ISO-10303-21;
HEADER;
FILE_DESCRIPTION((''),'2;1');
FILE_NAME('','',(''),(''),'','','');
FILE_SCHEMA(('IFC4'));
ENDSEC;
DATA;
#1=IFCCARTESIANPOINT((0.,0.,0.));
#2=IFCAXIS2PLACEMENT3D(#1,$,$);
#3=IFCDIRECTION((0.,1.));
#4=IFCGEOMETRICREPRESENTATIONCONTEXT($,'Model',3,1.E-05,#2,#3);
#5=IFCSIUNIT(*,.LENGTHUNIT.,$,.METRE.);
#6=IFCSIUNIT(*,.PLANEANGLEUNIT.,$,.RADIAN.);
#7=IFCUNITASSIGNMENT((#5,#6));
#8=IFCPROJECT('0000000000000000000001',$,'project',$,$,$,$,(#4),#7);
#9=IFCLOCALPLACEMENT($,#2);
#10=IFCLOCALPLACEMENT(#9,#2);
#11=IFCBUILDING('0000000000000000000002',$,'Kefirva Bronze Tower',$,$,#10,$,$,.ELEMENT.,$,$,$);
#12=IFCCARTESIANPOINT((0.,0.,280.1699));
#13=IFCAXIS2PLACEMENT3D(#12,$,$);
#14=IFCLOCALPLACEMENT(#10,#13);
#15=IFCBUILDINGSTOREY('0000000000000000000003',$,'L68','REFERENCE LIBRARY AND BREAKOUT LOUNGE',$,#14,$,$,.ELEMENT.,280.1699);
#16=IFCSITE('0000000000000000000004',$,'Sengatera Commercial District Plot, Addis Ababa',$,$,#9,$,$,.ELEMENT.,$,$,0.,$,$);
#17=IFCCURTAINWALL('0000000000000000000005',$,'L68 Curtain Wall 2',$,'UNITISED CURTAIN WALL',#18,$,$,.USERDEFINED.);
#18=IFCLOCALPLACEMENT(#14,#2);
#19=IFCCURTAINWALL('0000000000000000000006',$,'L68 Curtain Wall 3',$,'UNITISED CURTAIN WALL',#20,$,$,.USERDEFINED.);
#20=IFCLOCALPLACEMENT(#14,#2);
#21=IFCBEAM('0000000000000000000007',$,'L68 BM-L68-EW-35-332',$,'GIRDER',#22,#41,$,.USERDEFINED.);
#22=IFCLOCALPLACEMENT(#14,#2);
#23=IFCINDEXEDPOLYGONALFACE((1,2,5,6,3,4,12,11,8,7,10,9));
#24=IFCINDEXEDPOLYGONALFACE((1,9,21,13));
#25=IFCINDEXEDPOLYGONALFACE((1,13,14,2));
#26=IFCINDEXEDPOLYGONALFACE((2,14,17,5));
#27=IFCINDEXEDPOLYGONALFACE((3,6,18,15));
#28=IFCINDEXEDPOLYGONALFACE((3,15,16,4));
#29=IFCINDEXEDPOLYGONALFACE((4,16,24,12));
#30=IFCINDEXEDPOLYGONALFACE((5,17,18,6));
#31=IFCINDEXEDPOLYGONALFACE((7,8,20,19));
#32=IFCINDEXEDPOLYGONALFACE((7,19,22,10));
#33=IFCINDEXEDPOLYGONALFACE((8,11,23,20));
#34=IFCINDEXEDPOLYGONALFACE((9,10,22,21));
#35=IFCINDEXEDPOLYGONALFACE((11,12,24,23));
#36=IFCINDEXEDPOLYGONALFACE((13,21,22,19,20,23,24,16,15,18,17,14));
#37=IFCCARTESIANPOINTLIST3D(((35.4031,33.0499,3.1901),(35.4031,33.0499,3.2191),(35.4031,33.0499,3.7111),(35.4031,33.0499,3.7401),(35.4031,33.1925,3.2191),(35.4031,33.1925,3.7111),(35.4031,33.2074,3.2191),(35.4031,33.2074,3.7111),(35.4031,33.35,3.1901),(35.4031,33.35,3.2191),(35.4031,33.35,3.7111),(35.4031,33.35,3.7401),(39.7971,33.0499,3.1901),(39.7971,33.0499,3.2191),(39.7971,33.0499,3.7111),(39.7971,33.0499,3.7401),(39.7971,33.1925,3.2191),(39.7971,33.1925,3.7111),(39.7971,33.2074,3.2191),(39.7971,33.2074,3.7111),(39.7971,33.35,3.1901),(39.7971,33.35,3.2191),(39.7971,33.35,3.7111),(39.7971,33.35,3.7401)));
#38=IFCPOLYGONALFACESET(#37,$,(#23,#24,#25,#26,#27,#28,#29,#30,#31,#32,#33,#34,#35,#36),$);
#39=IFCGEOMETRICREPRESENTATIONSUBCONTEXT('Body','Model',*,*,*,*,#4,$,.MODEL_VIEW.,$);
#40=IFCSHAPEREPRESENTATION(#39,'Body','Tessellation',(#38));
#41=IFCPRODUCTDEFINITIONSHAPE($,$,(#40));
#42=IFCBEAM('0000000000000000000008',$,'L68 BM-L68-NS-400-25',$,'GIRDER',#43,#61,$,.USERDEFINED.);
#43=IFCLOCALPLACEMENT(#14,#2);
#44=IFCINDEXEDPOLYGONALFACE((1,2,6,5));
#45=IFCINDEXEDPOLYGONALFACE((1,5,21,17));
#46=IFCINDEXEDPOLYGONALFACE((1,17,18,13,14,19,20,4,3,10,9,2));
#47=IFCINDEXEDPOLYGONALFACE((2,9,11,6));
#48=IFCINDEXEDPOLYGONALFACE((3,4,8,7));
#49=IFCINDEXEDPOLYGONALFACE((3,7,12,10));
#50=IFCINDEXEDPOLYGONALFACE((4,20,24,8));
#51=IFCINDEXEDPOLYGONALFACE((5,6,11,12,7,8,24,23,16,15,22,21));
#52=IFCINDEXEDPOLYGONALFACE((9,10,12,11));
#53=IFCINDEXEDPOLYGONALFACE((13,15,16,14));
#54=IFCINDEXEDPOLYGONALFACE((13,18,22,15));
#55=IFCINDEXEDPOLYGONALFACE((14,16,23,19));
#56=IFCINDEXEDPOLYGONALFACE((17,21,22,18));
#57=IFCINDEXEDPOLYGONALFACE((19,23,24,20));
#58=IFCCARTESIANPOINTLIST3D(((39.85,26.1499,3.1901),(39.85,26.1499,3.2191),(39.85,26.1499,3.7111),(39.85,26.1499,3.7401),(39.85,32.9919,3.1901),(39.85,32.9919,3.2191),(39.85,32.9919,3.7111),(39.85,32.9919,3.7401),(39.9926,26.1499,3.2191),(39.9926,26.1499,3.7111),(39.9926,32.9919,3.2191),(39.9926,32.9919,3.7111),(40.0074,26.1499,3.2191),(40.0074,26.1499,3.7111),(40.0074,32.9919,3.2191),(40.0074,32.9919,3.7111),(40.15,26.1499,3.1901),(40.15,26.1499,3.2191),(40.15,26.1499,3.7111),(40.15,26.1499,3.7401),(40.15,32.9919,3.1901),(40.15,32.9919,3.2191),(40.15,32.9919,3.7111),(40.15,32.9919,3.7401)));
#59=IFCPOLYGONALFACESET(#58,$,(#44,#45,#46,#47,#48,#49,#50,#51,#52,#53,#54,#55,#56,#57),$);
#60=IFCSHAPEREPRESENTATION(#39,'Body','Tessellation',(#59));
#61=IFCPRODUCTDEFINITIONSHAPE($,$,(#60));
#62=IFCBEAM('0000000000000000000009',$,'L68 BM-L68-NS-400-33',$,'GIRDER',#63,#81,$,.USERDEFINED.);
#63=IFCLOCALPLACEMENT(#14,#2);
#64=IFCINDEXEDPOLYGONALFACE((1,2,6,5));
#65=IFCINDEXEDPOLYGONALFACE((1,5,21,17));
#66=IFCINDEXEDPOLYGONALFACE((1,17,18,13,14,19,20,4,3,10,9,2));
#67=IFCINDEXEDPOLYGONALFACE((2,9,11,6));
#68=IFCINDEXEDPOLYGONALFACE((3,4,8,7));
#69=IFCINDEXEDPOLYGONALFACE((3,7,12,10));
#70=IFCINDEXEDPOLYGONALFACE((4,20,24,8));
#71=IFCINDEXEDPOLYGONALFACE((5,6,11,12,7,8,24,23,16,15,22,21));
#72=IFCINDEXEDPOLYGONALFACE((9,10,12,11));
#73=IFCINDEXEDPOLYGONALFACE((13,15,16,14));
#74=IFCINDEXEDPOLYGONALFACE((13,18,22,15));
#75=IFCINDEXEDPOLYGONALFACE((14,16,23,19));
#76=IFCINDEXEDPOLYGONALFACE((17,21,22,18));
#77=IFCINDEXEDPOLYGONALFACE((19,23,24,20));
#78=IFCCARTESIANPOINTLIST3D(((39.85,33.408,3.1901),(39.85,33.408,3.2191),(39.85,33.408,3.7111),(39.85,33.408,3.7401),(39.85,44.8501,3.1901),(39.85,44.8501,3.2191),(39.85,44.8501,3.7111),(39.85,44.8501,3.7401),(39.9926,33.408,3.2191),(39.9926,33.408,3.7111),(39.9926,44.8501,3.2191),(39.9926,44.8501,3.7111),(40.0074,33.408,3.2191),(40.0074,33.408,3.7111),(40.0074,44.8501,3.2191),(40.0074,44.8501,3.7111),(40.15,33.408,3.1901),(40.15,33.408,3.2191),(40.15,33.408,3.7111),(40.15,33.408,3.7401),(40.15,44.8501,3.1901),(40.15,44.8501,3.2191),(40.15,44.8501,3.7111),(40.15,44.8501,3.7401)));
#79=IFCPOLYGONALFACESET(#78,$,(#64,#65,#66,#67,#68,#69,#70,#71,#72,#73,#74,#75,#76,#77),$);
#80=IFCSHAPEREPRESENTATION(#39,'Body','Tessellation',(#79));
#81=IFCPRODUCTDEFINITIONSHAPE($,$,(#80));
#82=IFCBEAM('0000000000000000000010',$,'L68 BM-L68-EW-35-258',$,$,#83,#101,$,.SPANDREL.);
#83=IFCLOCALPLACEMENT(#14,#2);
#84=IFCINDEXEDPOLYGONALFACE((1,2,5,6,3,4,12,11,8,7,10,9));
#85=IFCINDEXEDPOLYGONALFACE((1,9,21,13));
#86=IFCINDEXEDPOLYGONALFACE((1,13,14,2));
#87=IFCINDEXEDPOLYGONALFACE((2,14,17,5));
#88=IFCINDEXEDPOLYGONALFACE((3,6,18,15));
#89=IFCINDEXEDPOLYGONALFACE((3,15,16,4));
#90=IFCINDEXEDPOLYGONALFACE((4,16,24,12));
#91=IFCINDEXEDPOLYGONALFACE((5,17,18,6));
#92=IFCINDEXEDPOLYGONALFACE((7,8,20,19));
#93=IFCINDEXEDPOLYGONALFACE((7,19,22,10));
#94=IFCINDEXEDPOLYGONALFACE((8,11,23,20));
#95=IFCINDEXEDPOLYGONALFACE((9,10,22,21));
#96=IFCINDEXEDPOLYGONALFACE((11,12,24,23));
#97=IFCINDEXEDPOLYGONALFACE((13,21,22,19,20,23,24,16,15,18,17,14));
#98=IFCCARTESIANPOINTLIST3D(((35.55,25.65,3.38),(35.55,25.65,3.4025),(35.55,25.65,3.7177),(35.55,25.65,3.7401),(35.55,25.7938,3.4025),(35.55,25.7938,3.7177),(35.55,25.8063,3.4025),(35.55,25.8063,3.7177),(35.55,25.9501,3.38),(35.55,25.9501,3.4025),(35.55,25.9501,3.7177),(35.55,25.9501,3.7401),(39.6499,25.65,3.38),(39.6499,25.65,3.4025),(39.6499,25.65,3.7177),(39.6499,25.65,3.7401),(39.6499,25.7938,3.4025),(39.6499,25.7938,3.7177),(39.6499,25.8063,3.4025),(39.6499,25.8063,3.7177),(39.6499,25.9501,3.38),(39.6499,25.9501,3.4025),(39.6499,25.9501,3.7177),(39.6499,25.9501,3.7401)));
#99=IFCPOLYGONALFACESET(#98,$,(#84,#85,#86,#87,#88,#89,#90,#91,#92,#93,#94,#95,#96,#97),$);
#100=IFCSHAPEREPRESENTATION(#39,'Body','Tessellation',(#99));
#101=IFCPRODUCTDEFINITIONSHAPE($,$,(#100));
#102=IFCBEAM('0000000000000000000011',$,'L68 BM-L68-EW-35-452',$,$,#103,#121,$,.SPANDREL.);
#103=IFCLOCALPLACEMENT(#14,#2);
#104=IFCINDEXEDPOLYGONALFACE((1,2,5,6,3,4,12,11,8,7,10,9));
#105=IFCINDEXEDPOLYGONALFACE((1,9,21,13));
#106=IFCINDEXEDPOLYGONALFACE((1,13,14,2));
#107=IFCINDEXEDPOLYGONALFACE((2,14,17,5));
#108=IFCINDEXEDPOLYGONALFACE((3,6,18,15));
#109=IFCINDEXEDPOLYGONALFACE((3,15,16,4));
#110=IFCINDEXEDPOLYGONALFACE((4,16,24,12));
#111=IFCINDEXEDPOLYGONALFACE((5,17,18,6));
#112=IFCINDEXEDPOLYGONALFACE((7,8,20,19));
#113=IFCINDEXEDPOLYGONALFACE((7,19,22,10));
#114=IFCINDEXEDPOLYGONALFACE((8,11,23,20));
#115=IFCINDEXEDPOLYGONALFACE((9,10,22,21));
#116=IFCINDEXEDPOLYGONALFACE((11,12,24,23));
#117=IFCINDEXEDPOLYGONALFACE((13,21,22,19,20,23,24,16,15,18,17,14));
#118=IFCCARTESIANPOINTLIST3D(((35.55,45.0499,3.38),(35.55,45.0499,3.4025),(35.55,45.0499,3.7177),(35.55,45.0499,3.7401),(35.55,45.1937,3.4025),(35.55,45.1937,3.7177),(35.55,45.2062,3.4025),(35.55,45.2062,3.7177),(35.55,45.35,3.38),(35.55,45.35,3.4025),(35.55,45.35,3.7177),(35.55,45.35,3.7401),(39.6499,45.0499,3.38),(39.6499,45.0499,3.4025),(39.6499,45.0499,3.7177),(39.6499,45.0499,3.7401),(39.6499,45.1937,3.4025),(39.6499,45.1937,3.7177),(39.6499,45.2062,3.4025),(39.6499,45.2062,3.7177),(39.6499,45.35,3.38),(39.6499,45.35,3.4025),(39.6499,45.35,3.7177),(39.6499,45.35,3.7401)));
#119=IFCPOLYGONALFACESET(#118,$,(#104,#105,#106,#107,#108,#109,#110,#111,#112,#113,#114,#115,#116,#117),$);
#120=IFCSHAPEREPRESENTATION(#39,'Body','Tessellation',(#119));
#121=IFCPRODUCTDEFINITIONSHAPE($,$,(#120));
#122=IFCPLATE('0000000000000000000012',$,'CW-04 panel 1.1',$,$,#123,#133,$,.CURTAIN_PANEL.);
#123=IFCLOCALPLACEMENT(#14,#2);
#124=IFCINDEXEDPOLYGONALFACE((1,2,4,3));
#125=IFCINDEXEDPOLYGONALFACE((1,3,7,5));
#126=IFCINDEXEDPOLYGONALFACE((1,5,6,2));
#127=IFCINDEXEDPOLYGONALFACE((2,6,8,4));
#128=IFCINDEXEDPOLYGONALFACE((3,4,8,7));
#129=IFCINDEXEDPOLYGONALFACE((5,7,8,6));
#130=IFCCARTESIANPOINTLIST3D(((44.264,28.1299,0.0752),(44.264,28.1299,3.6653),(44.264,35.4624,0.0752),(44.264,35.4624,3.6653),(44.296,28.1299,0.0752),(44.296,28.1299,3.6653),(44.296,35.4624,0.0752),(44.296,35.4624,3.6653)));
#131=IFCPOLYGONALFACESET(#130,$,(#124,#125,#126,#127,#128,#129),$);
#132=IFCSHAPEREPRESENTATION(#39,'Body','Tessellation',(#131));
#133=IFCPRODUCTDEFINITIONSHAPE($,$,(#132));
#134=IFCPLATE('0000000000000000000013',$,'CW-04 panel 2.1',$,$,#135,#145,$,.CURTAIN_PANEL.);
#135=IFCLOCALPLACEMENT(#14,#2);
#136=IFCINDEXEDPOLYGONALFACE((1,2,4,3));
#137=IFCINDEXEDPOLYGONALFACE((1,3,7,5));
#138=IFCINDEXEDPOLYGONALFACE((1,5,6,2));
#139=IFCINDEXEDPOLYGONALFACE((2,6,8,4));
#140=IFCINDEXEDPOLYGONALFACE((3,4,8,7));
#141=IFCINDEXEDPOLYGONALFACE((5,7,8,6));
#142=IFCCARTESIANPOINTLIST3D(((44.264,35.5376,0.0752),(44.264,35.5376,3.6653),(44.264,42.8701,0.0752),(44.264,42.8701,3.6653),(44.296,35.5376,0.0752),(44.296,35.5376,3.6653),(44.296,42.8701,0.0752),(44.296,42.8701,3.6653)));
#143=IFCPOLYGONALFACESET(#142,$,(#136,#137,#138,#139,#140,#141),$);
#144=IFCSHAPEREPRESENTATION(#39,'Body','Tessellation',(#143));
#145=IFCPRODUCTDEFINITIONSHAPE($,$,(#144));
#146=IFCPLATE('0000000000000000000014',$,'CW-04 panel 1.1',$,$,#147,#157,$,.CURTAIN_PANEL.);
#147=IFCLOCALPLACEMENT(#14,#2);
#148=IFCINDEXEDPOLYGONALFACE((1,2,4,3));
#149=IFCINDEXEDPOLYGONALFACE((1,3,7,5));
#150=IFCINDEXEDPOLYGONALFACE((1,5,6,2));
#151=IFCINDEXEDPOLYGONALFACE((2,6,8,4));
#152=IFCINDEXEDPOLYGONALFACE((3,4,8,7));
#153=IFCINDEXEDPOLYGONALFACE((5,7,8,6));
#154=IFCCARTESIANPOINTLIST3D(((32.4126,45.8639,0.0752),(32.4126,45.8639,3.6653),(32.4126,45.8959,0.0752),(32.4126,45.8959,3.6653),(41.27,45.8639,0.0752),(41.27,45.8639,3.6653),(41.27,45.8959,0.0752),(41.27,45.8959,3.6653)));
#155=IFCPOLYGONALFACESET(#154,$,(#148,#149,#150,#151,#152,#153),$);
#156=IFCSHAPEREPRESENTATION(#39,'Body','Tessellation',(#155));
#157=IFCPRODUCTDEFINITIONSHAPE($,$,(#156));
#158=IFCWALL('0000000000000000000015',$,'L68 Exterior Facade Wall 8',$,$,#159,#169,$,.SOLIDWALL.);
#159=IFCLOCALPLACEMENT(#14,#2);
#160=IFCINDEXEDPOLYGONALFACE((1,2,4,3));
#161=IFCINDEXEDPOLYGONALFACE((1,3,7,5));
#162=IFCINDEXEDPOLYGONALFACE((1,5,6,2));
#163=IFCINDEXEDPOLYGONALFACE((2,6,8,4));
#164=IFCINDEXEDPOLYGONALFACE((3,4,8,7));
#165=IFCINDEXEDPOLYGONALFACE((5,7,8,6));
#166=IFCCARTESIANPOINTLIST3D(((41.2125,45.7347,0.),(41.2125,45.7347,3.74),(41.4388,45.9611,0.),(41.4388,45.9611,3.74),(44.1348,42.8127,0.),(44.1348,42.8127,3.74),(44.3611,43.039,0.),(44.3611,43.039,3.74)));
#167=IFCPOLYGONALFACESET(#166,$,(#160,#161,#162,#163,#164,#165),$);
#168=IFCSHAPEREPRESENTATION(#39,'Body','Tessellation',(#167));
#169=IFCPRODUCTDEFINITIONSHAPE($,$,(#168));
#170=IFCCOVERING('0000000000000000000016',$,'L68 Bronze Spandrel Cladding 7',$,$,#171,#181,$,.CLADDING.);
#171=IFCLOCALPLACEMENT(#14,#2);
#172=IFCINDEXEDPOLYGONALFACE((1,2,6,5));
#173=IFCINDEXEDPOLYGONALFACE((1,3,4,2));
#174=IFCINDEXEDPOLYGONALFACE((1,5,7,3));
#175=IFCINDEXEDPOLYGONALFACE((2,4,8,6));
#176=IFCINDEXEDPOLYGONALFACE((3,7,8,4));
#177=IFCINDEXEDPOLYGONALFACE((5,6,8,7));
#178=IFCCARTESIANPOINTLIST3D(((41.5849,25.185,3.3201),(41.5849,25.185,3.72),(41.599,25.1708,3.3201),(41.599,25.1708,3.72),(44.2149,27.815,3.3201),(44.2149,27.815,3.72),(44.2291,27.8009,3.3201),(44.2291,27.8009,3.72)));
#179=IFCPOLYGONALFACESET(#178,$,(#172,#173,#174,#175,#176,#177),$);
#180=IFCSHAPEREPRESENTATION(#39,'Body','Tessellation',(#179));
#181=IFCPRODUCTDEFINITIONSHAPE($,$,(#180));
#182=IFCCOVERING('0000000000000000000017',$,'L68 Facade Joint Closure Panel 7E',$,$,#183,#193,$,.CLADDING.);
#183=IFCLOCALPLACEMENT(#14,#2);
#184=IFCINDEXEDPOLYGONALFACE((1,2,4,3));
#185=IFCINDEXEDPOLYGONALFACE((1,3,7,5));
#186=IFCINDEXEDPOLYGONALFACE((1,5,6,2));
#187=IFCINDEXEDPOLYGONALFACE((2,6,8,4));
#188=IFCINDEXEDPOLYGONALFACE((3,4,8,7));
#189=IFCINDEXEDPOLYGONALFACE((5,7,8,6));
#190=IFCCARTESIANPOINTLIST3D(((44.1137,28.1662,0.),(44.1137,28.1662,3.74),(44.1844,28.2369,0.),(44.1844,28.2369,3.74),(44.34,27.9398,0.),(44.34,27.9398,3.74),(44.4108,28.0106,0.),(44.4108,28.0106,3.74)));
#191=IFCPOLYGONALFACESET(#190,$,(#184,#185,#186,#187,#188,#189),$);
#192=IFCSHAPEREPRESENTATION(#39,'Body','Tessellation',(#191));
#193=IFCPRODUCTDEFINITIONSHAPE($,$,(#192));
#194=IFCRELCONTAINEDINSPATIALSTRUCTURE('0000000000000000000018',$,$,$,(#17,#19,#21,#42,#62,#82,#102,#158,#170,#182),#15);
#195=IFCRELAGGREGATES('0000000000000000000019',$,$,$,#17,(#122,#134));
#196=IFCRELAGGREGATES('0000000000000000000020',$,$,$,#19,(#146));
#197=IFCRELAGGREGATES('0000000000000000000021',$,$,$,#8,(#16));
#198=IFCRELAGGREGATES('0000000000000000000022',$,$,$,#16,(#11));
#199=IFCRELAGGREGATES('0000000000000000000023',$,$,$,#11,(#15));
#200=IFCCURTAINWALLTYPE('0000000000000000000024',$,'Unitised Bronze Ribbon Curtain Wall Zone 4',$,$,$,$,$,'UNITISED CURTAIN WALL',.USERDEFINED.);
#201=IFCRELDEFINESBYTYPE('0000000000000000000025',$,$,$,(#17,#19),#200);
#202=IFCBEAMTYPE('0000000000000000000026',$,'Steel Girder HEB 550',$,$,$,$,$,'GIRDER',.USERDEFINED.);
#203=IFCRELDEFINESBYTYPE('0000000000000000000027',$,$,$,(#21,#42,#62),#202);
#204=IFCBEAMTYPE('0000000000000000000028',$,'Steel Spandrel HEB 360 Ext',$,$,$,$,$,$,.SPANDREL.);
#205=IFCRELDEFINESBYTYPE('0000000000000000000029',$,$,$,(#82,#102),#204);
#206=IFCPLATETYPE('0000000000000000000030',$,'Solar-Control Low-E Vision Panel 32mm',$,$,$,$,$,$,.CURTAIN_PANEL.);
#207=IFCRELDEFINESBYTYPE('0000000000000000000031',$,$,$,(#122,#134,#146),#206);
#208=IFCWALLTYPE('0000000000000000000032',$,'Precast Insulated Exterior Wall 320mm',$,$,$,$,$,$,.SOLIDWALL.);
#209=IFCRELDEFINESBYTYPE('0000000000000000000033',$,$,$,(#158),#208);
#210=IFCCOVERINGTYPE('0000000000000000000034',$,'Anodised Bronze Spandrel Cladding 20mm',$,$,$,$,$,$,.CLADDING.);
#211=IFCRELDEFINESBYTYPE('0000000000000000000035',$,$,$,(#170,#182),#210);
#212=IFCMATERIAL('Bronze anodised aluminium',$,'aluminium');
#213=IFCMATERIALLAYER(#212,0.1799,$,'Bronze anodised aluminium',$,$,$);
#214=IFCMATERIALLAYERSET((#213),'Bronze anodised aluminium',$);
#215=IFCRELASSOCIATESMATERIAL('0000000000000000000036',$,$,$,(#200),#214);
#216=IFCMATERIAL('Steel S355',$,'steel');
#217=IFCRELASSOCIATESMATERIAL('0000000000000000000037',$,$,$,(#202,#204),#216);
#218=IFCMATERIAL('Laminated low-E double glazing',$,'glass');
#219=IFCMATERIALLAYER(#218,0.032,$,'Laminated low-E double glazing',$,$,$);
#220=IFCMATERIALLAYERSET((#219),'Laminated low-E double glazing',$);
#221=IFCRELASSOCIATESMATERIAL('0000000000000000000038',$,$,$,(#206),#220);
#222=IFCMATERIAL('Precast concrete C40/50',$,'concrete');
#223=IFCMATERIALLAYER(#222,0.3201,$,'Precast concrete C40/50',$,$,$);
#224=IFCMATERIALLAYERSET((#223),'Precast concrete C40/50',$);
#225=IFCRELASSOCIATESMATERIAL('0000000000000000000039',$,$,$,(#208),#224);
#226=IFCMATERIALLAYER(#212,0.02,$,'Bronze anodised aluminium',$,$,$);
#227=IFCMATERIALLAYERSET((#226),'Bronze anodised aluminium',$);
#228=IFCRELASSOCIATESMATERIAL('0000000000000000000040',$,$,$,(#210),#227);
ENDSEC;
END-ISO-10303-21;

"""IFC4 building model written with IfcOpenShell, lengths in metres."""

from ifc_helpers import new_model, si_unit, direction, frame, frame_2d, origin, origin_2d, place, context, subcontext, project, spatial, rectangle, i_section, extrude, material, layer, layer_set, material_profile, profile_set, type_object, element, aggregate, save


model = new_model("IFC4")

# Units and contexts
model_context = context("Model", 3, precision=1e-05, world=origin(), true_north=direction((0.0, 1.0)))
body_context = subcontext(model_context, "Body", "Model", "MODEL_VIEW")
ifc_project = project(units=[si_unit("LENGTHUNIT", "METRE"), si_unit("PLANEANGLEUNIT", "RADIAN")], contexts=[model_context])

# Site, building, storey
site_placement = place(None, origin())
site = spatial("IfcSite", under=ifc_project, at=site_placement, Name="Sengatera Commercial District Plot, Addis Ababa", CompositionType="ELEMENT", RefElevation=0.0)
building_placement = place(site_placement, origin())
building = spatial("IfcBuilding", under=site, at=building_placement, Name="Kefirva Bronze Tower", CompositionType="ELEMENT")
storey_placement = place(building_placement, frame((0.0, 0.0, 280.1699)))
storey = spatial("IfcBuildingStorey", under=building, at=storey_placement, Name="L68", Description="REFERENCE LIBRARY AND BREAKOUT LOUNGE", CompositionType="ELEMENT", Elevation=280.1699)

# Curtain wall
ifc_material_1 = material(Name="Bronze anodised aluminium", Category="aluminium")
ifc_layer_1 = layer(ifc_material_1, 0.1799, Name="Bronze anodised aluminium")
ifc_layer_set_1 = layer_set([ifc_layer_1], Name="Bronze anodised aluminium")
curtain_wall_type = type_object("IfcCurtainWallType", Name="Unitised Bronze Ribbon Curtain Wall Zone 4", ElementType="UNITISED CURTAIN WALL", PredefinedType="USERDEFINED", material=ifc_layer_set_1)
curtain_wall_1_placement = place(storey_placement, origin())
curtain_wall_1 = element("IfcCurtainWall", 1, at=curtain_wall_1_placement, inside=storey, type_object=curtain_wall_type, Name="L68 Curtain Wall 2", ObjectType="UNITISED CURTAIN WALL", PredefinedType="USERDEFINED")

# Curtain wall
curtain_wall_2_placement = place(storey_placement, origin())
curtain_wall_2 = element("IfcCurtainWall", 2, at=curtain_wall_2_placement, inside=storey, type_object=curtain_wall_type, Name="L68 Curtain Wall 3", ObjectType="UNITISED CURTAIN WALL", PredefinedType="USERDEFINED")

# Beams
ifc_material_2 = material(Name="Steel S355", Category="steel")
ifc_material_profile_1 = material_profile(ifc_material_2, i_section(OverallWidth=0.3, OverallDepth=0.55, WebThickness=0.0149, FlangeThickness=0.0291, at=origin_2d()), Name="HEB 550")
ifc_profile_set_1 = profile_set([ifc_material_profile_1], Name="Steel S355")
beam_type_1 = type_object("IfcBeamType", Name="Steel Girder HEB 550", ElementType="GIRDER", PredefinedType="USERDEFINED", material=ifc_profile_set_1)
beam_1_placement = place(storey_placement, frame((35.4031, 33.2, 3.4651), z_axis=(1.0, 0.0, 0.0), x_axis=(0.0, 1.0, 0.0)))
element("IfcBeam", 3, at=beam_1_placement, inside=storey, type_object=beam_type_1, Name="L68 BM-L68-EW-35-332", ObjectType="GIRDER", PredefinedType="USERDEFINED", context=body_context, shape_type="SweptSolid", body=[
    extrude(i_section(OverallWidth=0.3, OverallDepth=0.55, WebThickness=0.0149, FlangeThickness=0.0291, at=origin_2d()), origin(), (0.0, 0.0, 1.0), 4.394),
])
beam_2_placement = place(storey_placement, frame((40.0, 26.1499, 3.4651), z_axis=(0.0, 1.0, 0.0), x_axis=(-1.0, 0.0, 0.0)))
element("IfcBeam", 4, at=beam_2_placement, inside=storey, type_object=beam_type_1, Name="L68 BM-L68-NS-400-25", ObjectType="GIRDER", PredefinedType="USERDEFINED", context=body_context, shape_type="SweptSolid", body=[
    extrude(i_section(OverallWidth=0.3, OverallDepth=0.55, WebThickness=0.0149, FlangeThickness=0.0291, at=origin_2d()), origin(), (0.0, 0.0, 1.0), 6.842),
])
beam_3_placement = place(storey_placement, frame((40.0, 33.408, 3.4651), z_axis=(0.0, 1.0, 0.0), x_axis=(-1.0, 0.0, 0.0)))
element("IfcBeam", 5, at=beam_3_placement, inside=storey, type_object=beam_type_1, Name="L68 BM-L68-NS-400-33", ObjectType="GIRDER", PredefinedType="USERDEFINED", context=body_context, shape_type="SweptSolid", body=[
    extrude(i_section(OverallWidth=0.3, OverallDepth=0.55, WebThickness=0.0149, FlangeThickness=0.0291, at=origin_2d()), origin(), (0.0, 0.0, 1.0), 11.4421),
])
ifc_material_profile_2 = material_profile(ifc_material_2, i_section(OverallWidth=0.3, OverallDepth=0.3601, WebThickness=0.0125, FlangeThickness=0.0225, at=origin_2d()), Name="HEB 360")
ifc_profile_set_2 = profile_set([ifc_material_profile_2], Name="Steel S355")
beam_type_2 = type_object("IfcBeamType", Name="Steel Spandrel HEB 360 Ext", PredefinedType="SPANDREL", material=ifc_profile_set_2)
for number, where, z_axis, x_axis, name in (
    (6, (35.55, 25.8, 3.5601), (1.0, 0.0, 0.0), (0.0, 1.0, 0.0), "L68 BM-L68-EW-35-258"),
    (7, (35.55, 45.2, 3.5601), (1.0, 0.0, 0.0), (0.0, 1.0, 0.0), "L68 BM-L68-EW-35-452"),
):
    element("IfcBeam", number, at=place(storey_placement, frame(where, z_axis=z_axis, x_axis=x_axis)), inside=storey, type_object=beam_type_2, Name=name, PredefinedType="SPANDREL", context=body_context, shape_type="SweptSolid", body=[
        extrude(i_section(OverallWidth=0.3, OverallDepth=0.3601, WebThickness=0.0125, FlangeThickness=0.0225, at=origin_2d()), origin(), (0.0, 0.0, 1.0), 4.0999),
    ])

# Plates
ifc_material_3 = material(Name="Laminated low-E double glazing", Category="glass")
ifc_layer_2 = layer(ifc_material_3, 0.032, Name="Laminated low-E double glazing")
ifc_layer_set_2 = layer_set([ifc_layer_2], Name="Laminated low-E double glazing")
plate_type = type_object("IfcPlateType", Name="Solar-Control Low-E Vision Panel 32mm", PredefinedType="CURTAIN_PANEL", material=ifc_layer_set_2)
plate_1_placement = place(storey_placement, frame((44.28, 31.7961, 0.0752), z_axis=(0.0, 0.0, 1.0), x_axis=(0.0, 1.0, 0.0)))
plate_1 = element("IfcPlate", 8, at=plate_1_placement, type_object=plate_type, Name="CW-04 panel 1.1", PredefinedType="CURTAIN_PANEL", context=body_context, shape_type="SweptSolid", body=[
    extrude(rectangle(XDim=7.3325, YDim=0.032, at=origin_2d()), origin(), (0.0, 0.0, 1.0), 3.5901),
])
plate_2_placement = place(storey_placement, frame((44.28, 39.2039, 0.0752), z_axis=(0.0, 0.0, 1.0), x_axis=(0.0, 1.0, 0.0)))
plate_2 = element("IfcPlate", 9, at=plate_2_placement, type_object=plate_type, Name="CW-04 panel 2.1", PredefinedType="CURTAIN_PANEL", context=body_context, shape_type="SweptSolid", body=[
    extrude(rectangle(XDim=7.3325, YDim=0.032, at=origin_2d()), origin(), (0.0, 0.0, 1.0), 3.5901),
])
aggregate(curtain_wall_1, [plate_1, plate_2])
plate_3_placement = place(storey_placement, frame((36.8413, 45.8799, 0.0752), z_axis=(0.0, 0.0, 1.0), x_axis=(-1.0, 0.0, 0.0)))
plate_3 = element("IfcPlate", 10, at=plate_3_placement, type_object=plate_type, Name="CW-04 panel 1.1", PredefinedType="CURTAIN_PANEL", context=body_context, shape_type="SweptSolid", body=[
    extrude(rectangle(XDim=8.8574, YDim=0.032, at=origin_2d()), origin(), (0.0, 0.0, 1.0), 3.5901),
])
aggregate(curtain_wall_2, [plate_3])

# Wall
ifc_material_4 = material(Name="Precast concrete C40/50", Category="concrete")
ifc_layer_3 = layer(ifc_material_4, 0.3201, Name="Precast concrete C40/50")
ifc_layer_set_3 = layer_set([ifc_layer_3], Name="Precast concrete C40/50")
wall_type = type_object("IfcWallType", Name="Precast Insulated Exterior Wall 320mm", PredefinedType="SOLIDWALL", material=ifc_layer_set_3)
wall_placement = place(storey_placement, frame((44.248, 42.9258, 0.0), z_axis=(0.0, 0.0, 1.0), x_axis=(-0.707136, 0.707077, 0.0)))
element("IfcWall", 11, at=wall_placement, inside=storey, type_object=wall_type, Name="L68 Exterior Facade Wall 8", PredefinedType="SOLIDWALL", context=body_context, shape_type="SweptSolid", body=[
    extrude(rectangle(XDim=4.1326, YDim=0.3201, at=frame_2d((2.0664, 0.0))), origin(), (0.0, 0.0, 1.0), 3.74),
])

# Coverings
ifc_layer_4 = layer(ifc_material_1, 0.02, Name="Bronze anodised aluminium")
ifc_layer_set_4 = layer_set([ifc_layer_4], Name="Bronze anodised aluminium")
covering_type_1 = type_object("IfcCoveringType", Name="Anodised Bronze Spandrel Cladding 20mm", PredefinedType="CLADDING", material=ifc_layer_set_4)
covering_1_placement = place(storey_placement, frame((42.907, 26.4929, 3.3201), z_axis=(0.0, 0.0, 1.0), x_axis=(0.707107, 0.707107, 0.0)))
element("IfcCovering", 12, at=covering_1_placement, inside=storey, type_object=covering_type_1, Name="L68 Bronze Spandrel Cladding 7", PredefinedType="CLADDING", context=body_context, shape_type="SweptSolid", body=[
    extrude(rectangle(XDim=3.7195, YDim=0.02, at=origin_2d()), origin(), (0.0, 0.0, 1.0), 0.3999),
])
covering_2_placement = place(storey_placement, frame((44.2622, 28.0884, 0.0), z_axis=(0.0, 0.0, 1.0), x_axis=(0.707107, 0.707107, 0.0)))
element("IfcCovering", 13, at=covering_2_placement, inside=storey, type_object=covering_type_1, Name="L68 Facade Joint Closure Panel 7E", PredefinedType="CLADDING", context=body_context, shape_type="SweptSolid", body=[
    extrude(rectangle(XDim=0.1001, YDim=0.3201, at=origin_2d()), origin(), (0.0, 0.0, 1.0), 3.74),
])

save(model, "model.ifc")
